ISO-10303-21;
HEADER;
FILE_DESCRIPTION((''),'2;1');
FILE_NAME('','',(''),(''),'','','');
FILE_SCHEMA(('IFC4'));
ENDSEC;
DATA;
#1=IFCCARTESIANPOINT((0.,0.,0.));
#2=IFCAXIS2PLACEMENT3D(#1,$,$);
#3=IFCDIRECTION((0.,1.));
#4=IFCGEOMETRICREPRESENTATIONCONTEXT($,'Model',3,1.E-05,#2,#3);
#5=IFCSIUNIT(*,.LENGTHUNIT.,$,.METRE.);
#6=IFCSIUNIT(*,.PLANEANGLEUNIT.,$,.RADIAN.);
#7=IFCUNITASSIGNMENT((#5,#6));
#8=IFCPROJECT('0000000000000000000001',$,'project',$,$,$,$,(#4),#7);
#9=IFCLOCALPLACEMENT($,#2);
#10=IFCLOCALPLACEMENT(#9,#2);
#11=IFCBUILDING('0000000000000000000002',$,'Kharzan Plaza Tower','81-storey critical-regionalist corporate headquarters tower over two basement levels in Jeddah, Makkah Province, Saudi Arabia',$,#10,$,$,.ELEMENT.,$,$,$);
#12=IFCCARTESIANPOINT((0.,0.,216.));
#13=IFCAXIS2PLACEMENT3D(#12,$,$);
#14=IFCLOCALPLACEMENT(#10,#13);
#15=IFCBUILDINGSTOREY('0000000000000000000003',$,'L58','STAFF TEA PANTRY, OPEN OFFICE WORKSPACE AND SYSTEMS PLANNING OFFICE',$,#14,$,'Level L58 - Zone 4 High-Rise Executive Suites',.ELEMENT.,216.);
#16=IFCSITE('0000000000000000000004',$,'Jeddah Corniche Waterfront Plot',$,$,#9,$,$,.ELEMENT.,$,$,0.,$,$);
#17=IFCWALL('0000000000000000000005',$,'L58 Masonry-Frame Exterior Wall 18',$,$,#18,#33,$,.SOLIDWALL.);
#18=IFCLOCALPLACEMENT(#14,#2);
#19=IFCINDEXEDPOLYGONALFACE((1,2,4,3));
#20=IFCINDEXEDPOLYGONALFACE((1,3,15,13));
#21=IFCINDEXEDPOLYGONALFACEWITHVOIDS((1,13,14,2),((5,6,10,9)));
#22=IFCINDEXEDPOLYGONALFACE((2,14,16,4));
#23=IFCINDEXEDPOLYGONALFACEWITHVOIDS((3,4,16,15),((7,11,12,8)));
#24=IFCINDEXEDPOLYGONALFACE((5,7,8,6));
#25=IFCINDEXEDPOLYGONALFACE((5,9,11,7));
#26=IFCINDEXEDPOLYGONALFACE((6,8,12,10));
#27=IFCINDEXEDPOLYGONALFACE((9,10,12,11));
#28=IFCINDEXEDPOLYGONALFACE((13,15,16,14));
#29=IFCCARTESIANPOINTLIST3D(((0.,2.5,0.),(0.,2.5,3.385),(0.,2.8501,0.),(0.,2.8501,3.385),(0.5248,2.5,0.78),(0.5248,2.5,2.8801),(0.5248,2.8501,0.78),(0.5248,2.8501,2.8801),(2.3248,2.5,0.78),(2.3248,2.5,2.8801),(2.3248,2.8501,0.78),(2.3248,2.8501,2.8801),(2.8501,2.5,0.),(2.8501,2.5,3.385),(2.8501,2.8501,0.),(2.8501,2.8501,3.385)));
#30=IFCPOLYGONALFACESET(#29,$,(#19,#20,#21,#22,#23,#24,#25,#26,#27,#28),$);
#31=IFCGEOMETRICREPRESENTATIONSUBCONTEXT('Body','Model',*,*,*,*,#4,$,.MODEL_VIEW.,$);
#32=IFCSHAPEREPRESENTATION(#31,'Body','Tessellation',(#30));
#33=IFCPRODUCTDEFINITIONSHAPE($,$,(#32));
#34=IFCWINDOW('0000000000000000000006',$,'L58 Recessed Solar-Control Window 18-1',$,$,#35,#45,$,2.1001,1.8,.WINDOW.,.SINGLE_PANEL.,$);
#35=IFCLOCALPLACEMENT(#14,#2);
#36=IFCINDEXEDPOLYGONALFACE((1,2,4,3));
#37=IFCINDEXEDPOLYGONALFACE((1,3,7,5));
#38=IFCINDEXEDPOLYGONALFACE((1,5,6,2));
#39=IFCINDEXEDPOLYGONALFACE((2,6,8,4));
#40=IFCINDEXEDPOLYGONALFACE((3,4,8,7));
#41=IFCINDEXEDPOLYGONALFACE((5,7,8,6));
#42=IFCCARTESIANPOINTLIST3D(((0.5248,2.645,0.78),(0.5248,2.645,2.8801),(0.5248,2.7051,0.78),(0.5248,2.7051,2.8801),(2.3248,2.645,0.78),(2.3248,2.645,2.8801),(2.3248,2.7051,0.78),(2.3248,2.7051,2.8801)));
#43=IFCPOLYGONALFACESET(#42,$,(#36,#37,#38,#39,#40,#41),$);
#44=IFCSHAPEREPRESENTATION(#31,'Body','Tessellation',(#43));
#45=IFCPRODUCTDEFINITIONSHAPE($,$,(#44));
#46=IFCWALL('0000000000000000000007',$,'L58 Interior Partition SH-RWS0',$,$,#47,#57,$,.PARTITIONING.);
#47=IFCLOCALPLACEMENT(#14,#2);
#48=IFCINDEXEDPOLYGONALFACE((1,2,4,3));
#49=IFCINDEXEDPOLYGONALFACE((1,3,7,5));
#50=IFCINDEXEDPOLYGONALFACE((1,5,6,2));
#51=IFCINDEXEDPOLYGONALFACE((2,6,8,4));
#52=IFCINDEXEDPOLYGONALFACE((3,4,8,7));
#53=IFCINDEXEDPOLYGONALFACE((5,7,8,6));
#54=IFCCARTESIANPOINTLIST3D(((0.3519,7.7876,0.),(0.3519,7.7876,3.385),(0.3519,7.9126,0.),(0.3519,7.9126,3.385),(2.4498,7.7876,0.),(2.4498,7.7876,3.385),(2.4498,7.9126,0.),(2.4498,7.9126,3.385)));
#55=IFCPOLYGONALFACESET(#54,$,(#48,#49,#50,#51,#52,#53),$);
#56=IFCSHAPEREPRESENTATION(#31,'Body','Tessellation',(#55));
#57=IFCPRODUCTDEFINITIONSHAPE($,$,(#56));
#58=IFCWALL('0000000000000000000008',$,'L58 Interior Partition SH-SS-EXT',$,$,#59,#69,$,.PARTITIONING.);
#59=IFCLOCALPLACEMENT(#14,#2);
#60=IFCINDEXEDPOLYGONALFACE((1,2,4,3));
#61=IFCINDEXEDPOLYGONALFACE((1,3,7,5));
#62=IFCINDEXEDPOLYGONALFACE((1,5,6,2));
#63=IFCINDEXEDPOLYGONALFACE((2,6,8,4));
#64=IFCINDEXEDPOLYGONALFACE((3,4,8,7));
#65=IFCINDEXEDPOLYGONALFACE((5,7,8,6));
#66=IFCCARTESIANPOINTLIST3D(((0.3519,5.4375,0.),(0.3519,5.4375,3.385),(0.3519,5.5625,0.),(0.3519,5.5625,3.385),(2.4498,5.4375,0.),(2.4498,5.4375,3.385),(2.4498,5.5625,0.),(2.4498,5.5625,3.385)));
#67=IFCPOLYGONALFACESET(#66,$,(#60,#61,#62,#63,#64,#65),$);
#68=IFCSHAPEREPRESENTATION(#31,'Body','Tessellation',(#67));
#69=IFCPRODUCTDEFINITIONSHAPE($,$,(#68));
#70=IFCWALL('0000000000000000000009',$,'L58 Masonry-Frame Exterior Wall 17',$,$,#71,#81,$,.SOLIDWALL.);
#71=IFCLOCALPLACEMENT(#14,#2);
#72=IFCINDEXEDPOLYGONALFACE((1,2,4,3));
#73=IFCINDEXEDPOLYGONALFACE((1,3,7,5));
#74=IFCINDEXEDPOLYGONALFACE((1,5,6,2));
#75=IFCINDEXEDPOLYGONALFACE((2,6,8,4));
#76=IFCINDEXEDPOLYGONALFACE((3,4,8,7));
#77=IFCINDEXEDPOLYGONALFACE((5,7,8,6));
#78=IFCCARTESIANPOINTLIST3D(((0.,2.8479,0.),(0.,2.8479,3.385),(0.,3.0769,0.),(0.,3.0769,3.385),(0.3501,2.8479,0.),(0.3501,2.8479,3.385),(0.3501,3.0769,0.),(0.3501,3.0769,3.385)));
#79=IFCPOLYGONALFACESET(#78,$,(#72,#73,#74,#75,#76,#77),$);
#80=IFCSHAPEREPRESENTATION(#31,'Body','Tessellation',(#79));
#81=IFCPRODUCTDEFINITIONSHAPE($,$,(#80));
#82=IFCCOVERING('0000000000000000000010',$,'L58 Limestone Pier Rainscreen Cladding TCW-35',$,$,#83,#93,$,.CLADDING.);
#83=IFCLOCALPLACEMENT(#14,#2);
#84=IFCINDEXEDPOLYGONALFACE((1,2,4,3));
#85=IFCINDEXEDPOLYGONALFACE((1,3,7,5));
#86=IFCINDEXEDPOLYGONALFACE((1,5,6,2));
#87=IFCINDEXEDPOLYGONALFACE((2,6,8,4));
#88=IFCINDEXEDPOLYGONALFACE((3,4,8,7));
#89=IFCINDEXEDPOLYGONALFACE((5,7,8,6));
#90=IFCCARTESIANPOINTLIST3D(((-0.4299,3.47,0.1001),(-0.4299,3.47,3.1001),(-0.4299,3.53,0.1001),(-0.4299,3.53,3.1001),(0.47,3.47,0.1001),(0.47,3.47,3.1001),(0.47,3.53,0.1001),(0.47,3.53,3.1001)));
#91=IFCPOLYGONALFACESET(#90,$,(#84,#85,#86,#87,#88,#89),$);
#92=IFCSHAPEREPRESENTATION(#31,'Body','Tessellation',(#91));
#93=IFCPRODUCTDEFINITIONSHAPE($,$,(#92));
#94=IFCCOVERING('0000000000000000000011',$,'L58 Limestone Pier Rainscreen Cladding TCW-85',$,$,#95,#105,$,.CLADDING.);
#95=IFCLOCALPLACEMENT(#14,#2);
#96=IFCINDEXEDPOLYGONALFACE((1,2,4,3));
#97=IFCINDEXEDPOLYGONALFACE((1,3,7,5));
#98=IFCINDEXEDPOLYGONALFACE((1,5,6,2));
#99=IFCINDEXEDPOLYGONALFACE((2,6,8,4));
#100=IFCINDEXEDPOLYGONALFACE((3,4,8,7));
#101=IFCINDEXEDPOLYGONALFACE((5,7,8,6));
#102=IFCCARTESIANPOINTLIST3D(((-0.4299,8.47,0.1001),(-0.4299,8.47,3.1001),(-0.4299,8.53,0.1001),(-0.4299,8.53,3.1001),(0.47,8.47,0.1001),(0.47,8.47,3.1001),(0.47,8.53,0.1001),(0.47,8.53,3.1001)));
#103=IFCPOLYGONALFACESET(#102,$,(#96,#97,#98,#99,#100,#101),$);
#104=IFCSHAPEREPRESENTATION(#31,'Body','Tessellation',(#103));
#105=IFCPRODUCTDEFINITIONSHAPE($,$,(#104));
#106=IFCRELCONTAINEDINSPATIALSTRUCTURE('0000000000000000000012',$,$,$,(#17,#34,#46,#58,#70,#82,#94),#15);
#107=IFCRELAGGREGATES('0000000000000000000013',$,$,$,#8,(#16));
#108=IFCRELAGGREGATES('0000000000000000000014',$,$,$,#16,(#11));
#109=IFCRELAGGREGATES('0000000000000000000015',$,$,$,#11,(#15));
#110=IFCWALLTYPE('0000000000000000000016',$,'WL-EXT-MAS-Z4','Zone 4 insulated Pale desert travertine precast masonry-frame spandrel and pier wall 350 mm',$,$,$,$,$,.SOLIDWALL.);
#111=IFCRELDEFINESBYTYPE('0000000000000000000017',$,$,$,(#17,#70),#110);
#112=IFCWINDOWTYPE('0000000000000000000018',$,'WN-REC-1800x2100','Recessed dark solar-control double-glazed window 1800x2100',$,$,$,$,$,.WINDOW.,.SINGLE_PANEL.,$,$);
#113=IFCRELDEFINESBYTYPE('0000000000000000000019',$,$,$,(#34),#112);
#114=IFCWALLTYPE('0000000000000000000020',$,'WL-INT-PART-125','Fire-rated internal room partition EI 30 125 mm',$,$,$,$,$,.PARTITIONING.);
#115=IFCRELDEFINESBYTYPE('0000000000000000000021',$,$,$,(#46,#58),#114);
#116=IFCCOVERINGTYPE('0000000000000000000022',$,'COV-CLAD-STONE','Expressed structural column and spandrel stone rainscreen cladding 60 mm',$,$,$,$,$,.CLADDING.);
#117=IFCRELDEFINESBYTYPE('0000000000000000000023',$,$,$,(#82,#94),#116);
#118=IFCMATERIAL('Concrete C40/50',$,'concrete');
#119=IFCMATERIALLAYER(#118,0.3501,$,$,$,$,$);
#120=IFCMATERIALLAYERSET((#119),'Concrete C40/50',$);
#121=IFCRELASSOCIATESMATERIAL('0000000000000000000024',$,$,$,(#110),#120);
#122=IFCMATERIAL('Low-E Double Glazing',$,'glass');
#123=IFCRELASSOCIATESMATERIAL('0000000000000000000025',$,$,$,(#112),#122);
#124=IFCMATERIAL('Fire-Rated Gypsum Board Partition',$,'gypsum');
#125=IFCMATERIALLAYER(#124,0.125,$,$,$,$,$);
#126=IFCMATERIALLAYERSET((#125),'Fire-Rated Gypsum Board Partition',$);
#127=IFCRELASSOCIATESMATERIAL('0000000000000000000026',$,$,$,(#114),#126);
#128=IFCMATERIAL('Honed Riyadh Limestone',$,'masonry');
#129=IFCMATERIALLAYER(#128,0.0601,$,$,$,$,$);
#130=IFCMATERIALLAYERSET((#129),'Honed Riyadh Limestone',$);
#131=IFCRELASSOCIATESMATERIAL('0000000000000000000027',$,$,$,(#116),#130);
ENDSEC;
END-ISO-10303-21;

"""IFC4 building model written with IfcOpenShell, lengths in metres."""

from ifc_helpers import new_model, si_unit, direction, frame, frame_2d, origin, origin_2d, place, context, subcontext, project, spatial, rectangle, extrude, source, transform, mapped, material, layer, layer_set, type_object, element, fill, save


model = new_model("IFC4")

# Units and contexts
model_context = context("Model", 3, precision=1e-05, world=origin(), true_north=direction((0.0, 1.0)))
body_context = subcontext(model_context, "Body", "Model", "MODEL_VIEW")
ifc_project = project(units=[si_unit("LENGTHUNIT", "METRE"), si_unit("PLANEANGLEUNIT", "RADIAN")], contexts=[model_context])

# Site, building, storey
site_placement = place(None, origin())
site = spatial("IfcSite", under=ifc_project, at=site_placement, Name="Jeddah Corniche Waterfront Plot", CompositionType="ELEMENT", RefElevation=0.0)
building_placement = place(site_placement, origin())
building = spatial("IfcBuilding", under=site, at=building_placement, Name="Kharzan Plaza Tower", Description="81-storey critical-regionalist corporate headquarters tower over two basement levels in Jeddah, Makkah Province, Saudi Arabia", CompositionType="ELEMENT")
storey_placement = place(building_placement, frame((0.0, 0.0, 216.0)))
storey = spatial("IfcBuildingStorey", under=building, at=storey_placement, Name="L58", Description="STAFF TEA PANTRY, OPEN OFFICE WORKSPACE AND SYSTEMS PLANNING OFFICE", LongName="Level L58 - Zone 4 High-Rise Executive Suites", CompositionType="ELEMENT", Elevation=216.0)

# Shared definitions
ifc_material_1 = material(Name="Concrete C40/50", Category="concrete")

# Wall, opening, window
ifc_layer_1 = layer(ifc_material_1, 0.3501)
ifc_layer_set_1 = layer_set([ifc_layer_1], Name="Concrete C40/50")
wall_type_1 = type_object("IfcWallType", Name="WL-EXT-MAS-Z4", Description="Zone 4 insulated Pale desert travertine precast masonry-frame spandrel and pier wall 350 mm", PredefinedType="SOLIDWALL", material=ifc_layer_set_1)
ifc_material_2 = material(Name="Low-E Double Glazing", Category="glass")
wall_1_placement = place(storey_placement, frame((0.0, 2.675, 0.0), z_axis=(0.0, 0.0, 1.0), x_axis=(1.0, 0.0, 0.0)))
wall_1 = element("IfcWall", 1, at=wall_1_placement, inside=storey, type_object=wall_type_1, Name="L58 Masonry-Frame Exterior Wall 18", PredefinedType="SOLIDWALL", context=body_context, shape_type="SweptSolid", body=[
    extrude(rectangle(XDim=2.8501, YDim=0.3501, at=frame_2d((1.425, 0.0))), origin(), (0.0, 0.0, 1.0), 3.385),
])
opening_1_placement = place(wall_1_placement, frame((0.5249, 0.0, 0.78)))
opening_1 = element("IfcOpeningElement", 2, at=opening_1_placement, cuts=wall_1, PredefinedType="OPENING", context=body_context, shape_type="SweptSolid", body=[
    extrude(rectangle(XDim=1.8, YDim=2.1001, at=frame_2d((0.8999, 1.05))), frame((0.0, 0.1851, 0.0), z_axis=(0.0, -1.0, 0.0), x_axis=(1.0, 0.0, 0.0)), (0.0, 0.0, 1.0), 0.3701),
])
window_type_1 = type_object("IfcWindowType", Name="WN-REC-1800x2100", Description="Recessed dark solar-control double-glazed window 1800x2100", PartitioningType="SINGLE_PANEL", PredefinedType="WINDOW", material=ifc_material_2)
shared_shape_1 = source(origin(), body_context, "Body", "SweptSolid", [
    extrude(rectangle(XDim=1.8, YDim=2.1001, at=frame_2d((0.8999, 1.05))), frame((0.0, 0.03, 0.0), z_axis=(0.0, -1.0, 0.0), x_axis=(1.0, 0.0, 0.0)), (0.0, 0.0, 1.0), 0.0601),
])
window_1_placement = place(opening_1_placement, origin())
window_1 = element("IfcWindow", 3, at=window_1_placement, inside=storey, type_object=window_type_1, Name="L58 Recessed Solar-Control Window 18-1", OverallHeight=2.1001, OverallWidth=1.8, PartitioningType="SINGLE_PANEL", PredefinedType="WINDOW", context=body_context, shape_type="MappedRepresentation", body=[
    mapped(shared_shape_1, transform((0.0, 0.0, 0.0), x_axis=(1.0, 0.0, 0.0), y_axis=(0.0, 1.0, 0.0), z_axis=(0.0, 0.0, 1.0))),
])
fill(opening_1, window_1)

# Walls
ifc_material_3 = material(Name="Fire-Rated Gypsum Board Partition", Category="gypsum")
ifc_layer_2 = layer(ifc_material_3, 0.125)
ifc_layer_set_2 = layer_set([ifc_layer_2], Name="Fire-Rated Gypsum Board Partition")
wall_type_2 = type_object("IfcWallType", Name="WL-INT-PART-125", Description="Fire-rated internal room partition EI 30 125 mm", PredefinedType="PARTITIONING", material=ifc_layer_set_2)
shared_shape_2 = source(origin(), body_context, "Body", "SweptSolid", [
    extrude(rectangle(XDim=2.0979, YDim=0.125, at=frame_2d((1.0488, 0.0))), origin(), (0.0, 0.0, 1.0), 3.385),
])
for number, where, z_axis, x_axis, name in (
    (4, (0.3521, 7.8501, 0.0), (0.0, 0.0, 1.0), (1.0, 0.0, 0.0), "L58 Interior Partition SH-RWS0"),
    (5, (0.3521, 5.5, 0.0), (0.0, 0.0, 1.0), (1.0, 0.0, 0.0), "L58 Interior Partition SH-SS-EXT"),
):
    element("IfcWall", number, at=place(storey_placement, frame(where, z_axis=z_axis, x_axis=x_axis)), inside=storey, type_object=wall_type_2, Name=name, PredefinedType="PARTITIONING", context=body_context, shape_type="MappedRepresentation", body=[
        mapped(shared_shape_2, transform((0.0, 0.0, 0.0), x_axis=(1.0, 0.0, 0.0), y_axis=(0.0, 1.0, 0.0), z_axis=(0.0, 0.0, 1.0))),
    ])
shared_shape_3 = source(origin(), body_context, "Body", "SweptSolid", [
    extrude(rectangle(XDim=0.229, YDim=0.3501, at=frame_2d((0.1145, 0.0))), origin(), (0.0, 0.0, 1.0), 3.385),
])
wall_2_placement = place(storey_placement, frame((0.175, 3.0769, 0.0), z_axis=(0.0, 0.0, 1.0), x_axis=(0.0, -1.0, 0.0)))
element("IfcWall", 6, at=wall_2_placement, inside=storey, type_object=wall_type_1, Name="L58 Masonry-Frame Exterior Wall 17", PredefinedType="SOLIDWALL", context=body_context, shape_type="MappedRepresentation", body=[
    mapped(shared_shape_3, transform((0.0, 0.0, 0.0), x_axis=(1.0, 0.0, 0.0), y_axis=(0.0, 1.0, 0.0), z_axis=(0.0, 0.0, 1.0))),
])

# Coverings
ifc_material_4 = material(Name="Honed Riyadh Limestone", Category="masonry")
ifc_layer_3 = layer(ifc_material_4, 0.0601)
ifc_layer_set_3 = layer_set([ifc_layer_3], Name="Honed Riyadh Limestone")
covering_type = type_object("IfcCoveringType", Name="COV-CLAD-STONE", Description="Expressed structural column and spandrel stone rainscreen cladding 60 mm", PredefinedType="CLADDING", material=ifc_layer_set_3)
shared_shape_4 = source(origin(), body_context, "Body", "SweptSolid", [
    extrude(rectangle(XDim=0.0601, YDim=0.8999, at=origin_2d()), origin(), (0.0, 0.0, 1.0), 3.0),
])
for number, where, z_axis, x_axis, name in (
    (7, (0.02, 3.5, 0.1001), (0.0, 0.0, 1.0), (0.0, 1.0, 0.0), "L58 Limestone Pier Rainscreen Cladding TCW-35"),
    (8, (0.02, 8.5, 0.1001), (0.0, 0.0, 1.0), (0.0, 1.0, 0.0), "L58 Limestone Pier Rainscreen Cladding TCW-85"),
):
    element("IfcCovering", number, at=place(storey_placement, frame(where, z_axis=z_axis, x_axis=x_axis)), inside=storey, type_object=covering_type, Name=name, PredefinedType="CLADDING", context=body_context, shape_type="MappedRepresentation", body=[
        mapped(shared_shape_4, transform((0.0, 0.0, 0.0), x_axis=(1.0, 0.0, 0.0), y_axis=(0.0, 1.0, 0.0), z_axis=(0.0, 0.0, 1.0))),
    ])

save(model, "model.ifc")
